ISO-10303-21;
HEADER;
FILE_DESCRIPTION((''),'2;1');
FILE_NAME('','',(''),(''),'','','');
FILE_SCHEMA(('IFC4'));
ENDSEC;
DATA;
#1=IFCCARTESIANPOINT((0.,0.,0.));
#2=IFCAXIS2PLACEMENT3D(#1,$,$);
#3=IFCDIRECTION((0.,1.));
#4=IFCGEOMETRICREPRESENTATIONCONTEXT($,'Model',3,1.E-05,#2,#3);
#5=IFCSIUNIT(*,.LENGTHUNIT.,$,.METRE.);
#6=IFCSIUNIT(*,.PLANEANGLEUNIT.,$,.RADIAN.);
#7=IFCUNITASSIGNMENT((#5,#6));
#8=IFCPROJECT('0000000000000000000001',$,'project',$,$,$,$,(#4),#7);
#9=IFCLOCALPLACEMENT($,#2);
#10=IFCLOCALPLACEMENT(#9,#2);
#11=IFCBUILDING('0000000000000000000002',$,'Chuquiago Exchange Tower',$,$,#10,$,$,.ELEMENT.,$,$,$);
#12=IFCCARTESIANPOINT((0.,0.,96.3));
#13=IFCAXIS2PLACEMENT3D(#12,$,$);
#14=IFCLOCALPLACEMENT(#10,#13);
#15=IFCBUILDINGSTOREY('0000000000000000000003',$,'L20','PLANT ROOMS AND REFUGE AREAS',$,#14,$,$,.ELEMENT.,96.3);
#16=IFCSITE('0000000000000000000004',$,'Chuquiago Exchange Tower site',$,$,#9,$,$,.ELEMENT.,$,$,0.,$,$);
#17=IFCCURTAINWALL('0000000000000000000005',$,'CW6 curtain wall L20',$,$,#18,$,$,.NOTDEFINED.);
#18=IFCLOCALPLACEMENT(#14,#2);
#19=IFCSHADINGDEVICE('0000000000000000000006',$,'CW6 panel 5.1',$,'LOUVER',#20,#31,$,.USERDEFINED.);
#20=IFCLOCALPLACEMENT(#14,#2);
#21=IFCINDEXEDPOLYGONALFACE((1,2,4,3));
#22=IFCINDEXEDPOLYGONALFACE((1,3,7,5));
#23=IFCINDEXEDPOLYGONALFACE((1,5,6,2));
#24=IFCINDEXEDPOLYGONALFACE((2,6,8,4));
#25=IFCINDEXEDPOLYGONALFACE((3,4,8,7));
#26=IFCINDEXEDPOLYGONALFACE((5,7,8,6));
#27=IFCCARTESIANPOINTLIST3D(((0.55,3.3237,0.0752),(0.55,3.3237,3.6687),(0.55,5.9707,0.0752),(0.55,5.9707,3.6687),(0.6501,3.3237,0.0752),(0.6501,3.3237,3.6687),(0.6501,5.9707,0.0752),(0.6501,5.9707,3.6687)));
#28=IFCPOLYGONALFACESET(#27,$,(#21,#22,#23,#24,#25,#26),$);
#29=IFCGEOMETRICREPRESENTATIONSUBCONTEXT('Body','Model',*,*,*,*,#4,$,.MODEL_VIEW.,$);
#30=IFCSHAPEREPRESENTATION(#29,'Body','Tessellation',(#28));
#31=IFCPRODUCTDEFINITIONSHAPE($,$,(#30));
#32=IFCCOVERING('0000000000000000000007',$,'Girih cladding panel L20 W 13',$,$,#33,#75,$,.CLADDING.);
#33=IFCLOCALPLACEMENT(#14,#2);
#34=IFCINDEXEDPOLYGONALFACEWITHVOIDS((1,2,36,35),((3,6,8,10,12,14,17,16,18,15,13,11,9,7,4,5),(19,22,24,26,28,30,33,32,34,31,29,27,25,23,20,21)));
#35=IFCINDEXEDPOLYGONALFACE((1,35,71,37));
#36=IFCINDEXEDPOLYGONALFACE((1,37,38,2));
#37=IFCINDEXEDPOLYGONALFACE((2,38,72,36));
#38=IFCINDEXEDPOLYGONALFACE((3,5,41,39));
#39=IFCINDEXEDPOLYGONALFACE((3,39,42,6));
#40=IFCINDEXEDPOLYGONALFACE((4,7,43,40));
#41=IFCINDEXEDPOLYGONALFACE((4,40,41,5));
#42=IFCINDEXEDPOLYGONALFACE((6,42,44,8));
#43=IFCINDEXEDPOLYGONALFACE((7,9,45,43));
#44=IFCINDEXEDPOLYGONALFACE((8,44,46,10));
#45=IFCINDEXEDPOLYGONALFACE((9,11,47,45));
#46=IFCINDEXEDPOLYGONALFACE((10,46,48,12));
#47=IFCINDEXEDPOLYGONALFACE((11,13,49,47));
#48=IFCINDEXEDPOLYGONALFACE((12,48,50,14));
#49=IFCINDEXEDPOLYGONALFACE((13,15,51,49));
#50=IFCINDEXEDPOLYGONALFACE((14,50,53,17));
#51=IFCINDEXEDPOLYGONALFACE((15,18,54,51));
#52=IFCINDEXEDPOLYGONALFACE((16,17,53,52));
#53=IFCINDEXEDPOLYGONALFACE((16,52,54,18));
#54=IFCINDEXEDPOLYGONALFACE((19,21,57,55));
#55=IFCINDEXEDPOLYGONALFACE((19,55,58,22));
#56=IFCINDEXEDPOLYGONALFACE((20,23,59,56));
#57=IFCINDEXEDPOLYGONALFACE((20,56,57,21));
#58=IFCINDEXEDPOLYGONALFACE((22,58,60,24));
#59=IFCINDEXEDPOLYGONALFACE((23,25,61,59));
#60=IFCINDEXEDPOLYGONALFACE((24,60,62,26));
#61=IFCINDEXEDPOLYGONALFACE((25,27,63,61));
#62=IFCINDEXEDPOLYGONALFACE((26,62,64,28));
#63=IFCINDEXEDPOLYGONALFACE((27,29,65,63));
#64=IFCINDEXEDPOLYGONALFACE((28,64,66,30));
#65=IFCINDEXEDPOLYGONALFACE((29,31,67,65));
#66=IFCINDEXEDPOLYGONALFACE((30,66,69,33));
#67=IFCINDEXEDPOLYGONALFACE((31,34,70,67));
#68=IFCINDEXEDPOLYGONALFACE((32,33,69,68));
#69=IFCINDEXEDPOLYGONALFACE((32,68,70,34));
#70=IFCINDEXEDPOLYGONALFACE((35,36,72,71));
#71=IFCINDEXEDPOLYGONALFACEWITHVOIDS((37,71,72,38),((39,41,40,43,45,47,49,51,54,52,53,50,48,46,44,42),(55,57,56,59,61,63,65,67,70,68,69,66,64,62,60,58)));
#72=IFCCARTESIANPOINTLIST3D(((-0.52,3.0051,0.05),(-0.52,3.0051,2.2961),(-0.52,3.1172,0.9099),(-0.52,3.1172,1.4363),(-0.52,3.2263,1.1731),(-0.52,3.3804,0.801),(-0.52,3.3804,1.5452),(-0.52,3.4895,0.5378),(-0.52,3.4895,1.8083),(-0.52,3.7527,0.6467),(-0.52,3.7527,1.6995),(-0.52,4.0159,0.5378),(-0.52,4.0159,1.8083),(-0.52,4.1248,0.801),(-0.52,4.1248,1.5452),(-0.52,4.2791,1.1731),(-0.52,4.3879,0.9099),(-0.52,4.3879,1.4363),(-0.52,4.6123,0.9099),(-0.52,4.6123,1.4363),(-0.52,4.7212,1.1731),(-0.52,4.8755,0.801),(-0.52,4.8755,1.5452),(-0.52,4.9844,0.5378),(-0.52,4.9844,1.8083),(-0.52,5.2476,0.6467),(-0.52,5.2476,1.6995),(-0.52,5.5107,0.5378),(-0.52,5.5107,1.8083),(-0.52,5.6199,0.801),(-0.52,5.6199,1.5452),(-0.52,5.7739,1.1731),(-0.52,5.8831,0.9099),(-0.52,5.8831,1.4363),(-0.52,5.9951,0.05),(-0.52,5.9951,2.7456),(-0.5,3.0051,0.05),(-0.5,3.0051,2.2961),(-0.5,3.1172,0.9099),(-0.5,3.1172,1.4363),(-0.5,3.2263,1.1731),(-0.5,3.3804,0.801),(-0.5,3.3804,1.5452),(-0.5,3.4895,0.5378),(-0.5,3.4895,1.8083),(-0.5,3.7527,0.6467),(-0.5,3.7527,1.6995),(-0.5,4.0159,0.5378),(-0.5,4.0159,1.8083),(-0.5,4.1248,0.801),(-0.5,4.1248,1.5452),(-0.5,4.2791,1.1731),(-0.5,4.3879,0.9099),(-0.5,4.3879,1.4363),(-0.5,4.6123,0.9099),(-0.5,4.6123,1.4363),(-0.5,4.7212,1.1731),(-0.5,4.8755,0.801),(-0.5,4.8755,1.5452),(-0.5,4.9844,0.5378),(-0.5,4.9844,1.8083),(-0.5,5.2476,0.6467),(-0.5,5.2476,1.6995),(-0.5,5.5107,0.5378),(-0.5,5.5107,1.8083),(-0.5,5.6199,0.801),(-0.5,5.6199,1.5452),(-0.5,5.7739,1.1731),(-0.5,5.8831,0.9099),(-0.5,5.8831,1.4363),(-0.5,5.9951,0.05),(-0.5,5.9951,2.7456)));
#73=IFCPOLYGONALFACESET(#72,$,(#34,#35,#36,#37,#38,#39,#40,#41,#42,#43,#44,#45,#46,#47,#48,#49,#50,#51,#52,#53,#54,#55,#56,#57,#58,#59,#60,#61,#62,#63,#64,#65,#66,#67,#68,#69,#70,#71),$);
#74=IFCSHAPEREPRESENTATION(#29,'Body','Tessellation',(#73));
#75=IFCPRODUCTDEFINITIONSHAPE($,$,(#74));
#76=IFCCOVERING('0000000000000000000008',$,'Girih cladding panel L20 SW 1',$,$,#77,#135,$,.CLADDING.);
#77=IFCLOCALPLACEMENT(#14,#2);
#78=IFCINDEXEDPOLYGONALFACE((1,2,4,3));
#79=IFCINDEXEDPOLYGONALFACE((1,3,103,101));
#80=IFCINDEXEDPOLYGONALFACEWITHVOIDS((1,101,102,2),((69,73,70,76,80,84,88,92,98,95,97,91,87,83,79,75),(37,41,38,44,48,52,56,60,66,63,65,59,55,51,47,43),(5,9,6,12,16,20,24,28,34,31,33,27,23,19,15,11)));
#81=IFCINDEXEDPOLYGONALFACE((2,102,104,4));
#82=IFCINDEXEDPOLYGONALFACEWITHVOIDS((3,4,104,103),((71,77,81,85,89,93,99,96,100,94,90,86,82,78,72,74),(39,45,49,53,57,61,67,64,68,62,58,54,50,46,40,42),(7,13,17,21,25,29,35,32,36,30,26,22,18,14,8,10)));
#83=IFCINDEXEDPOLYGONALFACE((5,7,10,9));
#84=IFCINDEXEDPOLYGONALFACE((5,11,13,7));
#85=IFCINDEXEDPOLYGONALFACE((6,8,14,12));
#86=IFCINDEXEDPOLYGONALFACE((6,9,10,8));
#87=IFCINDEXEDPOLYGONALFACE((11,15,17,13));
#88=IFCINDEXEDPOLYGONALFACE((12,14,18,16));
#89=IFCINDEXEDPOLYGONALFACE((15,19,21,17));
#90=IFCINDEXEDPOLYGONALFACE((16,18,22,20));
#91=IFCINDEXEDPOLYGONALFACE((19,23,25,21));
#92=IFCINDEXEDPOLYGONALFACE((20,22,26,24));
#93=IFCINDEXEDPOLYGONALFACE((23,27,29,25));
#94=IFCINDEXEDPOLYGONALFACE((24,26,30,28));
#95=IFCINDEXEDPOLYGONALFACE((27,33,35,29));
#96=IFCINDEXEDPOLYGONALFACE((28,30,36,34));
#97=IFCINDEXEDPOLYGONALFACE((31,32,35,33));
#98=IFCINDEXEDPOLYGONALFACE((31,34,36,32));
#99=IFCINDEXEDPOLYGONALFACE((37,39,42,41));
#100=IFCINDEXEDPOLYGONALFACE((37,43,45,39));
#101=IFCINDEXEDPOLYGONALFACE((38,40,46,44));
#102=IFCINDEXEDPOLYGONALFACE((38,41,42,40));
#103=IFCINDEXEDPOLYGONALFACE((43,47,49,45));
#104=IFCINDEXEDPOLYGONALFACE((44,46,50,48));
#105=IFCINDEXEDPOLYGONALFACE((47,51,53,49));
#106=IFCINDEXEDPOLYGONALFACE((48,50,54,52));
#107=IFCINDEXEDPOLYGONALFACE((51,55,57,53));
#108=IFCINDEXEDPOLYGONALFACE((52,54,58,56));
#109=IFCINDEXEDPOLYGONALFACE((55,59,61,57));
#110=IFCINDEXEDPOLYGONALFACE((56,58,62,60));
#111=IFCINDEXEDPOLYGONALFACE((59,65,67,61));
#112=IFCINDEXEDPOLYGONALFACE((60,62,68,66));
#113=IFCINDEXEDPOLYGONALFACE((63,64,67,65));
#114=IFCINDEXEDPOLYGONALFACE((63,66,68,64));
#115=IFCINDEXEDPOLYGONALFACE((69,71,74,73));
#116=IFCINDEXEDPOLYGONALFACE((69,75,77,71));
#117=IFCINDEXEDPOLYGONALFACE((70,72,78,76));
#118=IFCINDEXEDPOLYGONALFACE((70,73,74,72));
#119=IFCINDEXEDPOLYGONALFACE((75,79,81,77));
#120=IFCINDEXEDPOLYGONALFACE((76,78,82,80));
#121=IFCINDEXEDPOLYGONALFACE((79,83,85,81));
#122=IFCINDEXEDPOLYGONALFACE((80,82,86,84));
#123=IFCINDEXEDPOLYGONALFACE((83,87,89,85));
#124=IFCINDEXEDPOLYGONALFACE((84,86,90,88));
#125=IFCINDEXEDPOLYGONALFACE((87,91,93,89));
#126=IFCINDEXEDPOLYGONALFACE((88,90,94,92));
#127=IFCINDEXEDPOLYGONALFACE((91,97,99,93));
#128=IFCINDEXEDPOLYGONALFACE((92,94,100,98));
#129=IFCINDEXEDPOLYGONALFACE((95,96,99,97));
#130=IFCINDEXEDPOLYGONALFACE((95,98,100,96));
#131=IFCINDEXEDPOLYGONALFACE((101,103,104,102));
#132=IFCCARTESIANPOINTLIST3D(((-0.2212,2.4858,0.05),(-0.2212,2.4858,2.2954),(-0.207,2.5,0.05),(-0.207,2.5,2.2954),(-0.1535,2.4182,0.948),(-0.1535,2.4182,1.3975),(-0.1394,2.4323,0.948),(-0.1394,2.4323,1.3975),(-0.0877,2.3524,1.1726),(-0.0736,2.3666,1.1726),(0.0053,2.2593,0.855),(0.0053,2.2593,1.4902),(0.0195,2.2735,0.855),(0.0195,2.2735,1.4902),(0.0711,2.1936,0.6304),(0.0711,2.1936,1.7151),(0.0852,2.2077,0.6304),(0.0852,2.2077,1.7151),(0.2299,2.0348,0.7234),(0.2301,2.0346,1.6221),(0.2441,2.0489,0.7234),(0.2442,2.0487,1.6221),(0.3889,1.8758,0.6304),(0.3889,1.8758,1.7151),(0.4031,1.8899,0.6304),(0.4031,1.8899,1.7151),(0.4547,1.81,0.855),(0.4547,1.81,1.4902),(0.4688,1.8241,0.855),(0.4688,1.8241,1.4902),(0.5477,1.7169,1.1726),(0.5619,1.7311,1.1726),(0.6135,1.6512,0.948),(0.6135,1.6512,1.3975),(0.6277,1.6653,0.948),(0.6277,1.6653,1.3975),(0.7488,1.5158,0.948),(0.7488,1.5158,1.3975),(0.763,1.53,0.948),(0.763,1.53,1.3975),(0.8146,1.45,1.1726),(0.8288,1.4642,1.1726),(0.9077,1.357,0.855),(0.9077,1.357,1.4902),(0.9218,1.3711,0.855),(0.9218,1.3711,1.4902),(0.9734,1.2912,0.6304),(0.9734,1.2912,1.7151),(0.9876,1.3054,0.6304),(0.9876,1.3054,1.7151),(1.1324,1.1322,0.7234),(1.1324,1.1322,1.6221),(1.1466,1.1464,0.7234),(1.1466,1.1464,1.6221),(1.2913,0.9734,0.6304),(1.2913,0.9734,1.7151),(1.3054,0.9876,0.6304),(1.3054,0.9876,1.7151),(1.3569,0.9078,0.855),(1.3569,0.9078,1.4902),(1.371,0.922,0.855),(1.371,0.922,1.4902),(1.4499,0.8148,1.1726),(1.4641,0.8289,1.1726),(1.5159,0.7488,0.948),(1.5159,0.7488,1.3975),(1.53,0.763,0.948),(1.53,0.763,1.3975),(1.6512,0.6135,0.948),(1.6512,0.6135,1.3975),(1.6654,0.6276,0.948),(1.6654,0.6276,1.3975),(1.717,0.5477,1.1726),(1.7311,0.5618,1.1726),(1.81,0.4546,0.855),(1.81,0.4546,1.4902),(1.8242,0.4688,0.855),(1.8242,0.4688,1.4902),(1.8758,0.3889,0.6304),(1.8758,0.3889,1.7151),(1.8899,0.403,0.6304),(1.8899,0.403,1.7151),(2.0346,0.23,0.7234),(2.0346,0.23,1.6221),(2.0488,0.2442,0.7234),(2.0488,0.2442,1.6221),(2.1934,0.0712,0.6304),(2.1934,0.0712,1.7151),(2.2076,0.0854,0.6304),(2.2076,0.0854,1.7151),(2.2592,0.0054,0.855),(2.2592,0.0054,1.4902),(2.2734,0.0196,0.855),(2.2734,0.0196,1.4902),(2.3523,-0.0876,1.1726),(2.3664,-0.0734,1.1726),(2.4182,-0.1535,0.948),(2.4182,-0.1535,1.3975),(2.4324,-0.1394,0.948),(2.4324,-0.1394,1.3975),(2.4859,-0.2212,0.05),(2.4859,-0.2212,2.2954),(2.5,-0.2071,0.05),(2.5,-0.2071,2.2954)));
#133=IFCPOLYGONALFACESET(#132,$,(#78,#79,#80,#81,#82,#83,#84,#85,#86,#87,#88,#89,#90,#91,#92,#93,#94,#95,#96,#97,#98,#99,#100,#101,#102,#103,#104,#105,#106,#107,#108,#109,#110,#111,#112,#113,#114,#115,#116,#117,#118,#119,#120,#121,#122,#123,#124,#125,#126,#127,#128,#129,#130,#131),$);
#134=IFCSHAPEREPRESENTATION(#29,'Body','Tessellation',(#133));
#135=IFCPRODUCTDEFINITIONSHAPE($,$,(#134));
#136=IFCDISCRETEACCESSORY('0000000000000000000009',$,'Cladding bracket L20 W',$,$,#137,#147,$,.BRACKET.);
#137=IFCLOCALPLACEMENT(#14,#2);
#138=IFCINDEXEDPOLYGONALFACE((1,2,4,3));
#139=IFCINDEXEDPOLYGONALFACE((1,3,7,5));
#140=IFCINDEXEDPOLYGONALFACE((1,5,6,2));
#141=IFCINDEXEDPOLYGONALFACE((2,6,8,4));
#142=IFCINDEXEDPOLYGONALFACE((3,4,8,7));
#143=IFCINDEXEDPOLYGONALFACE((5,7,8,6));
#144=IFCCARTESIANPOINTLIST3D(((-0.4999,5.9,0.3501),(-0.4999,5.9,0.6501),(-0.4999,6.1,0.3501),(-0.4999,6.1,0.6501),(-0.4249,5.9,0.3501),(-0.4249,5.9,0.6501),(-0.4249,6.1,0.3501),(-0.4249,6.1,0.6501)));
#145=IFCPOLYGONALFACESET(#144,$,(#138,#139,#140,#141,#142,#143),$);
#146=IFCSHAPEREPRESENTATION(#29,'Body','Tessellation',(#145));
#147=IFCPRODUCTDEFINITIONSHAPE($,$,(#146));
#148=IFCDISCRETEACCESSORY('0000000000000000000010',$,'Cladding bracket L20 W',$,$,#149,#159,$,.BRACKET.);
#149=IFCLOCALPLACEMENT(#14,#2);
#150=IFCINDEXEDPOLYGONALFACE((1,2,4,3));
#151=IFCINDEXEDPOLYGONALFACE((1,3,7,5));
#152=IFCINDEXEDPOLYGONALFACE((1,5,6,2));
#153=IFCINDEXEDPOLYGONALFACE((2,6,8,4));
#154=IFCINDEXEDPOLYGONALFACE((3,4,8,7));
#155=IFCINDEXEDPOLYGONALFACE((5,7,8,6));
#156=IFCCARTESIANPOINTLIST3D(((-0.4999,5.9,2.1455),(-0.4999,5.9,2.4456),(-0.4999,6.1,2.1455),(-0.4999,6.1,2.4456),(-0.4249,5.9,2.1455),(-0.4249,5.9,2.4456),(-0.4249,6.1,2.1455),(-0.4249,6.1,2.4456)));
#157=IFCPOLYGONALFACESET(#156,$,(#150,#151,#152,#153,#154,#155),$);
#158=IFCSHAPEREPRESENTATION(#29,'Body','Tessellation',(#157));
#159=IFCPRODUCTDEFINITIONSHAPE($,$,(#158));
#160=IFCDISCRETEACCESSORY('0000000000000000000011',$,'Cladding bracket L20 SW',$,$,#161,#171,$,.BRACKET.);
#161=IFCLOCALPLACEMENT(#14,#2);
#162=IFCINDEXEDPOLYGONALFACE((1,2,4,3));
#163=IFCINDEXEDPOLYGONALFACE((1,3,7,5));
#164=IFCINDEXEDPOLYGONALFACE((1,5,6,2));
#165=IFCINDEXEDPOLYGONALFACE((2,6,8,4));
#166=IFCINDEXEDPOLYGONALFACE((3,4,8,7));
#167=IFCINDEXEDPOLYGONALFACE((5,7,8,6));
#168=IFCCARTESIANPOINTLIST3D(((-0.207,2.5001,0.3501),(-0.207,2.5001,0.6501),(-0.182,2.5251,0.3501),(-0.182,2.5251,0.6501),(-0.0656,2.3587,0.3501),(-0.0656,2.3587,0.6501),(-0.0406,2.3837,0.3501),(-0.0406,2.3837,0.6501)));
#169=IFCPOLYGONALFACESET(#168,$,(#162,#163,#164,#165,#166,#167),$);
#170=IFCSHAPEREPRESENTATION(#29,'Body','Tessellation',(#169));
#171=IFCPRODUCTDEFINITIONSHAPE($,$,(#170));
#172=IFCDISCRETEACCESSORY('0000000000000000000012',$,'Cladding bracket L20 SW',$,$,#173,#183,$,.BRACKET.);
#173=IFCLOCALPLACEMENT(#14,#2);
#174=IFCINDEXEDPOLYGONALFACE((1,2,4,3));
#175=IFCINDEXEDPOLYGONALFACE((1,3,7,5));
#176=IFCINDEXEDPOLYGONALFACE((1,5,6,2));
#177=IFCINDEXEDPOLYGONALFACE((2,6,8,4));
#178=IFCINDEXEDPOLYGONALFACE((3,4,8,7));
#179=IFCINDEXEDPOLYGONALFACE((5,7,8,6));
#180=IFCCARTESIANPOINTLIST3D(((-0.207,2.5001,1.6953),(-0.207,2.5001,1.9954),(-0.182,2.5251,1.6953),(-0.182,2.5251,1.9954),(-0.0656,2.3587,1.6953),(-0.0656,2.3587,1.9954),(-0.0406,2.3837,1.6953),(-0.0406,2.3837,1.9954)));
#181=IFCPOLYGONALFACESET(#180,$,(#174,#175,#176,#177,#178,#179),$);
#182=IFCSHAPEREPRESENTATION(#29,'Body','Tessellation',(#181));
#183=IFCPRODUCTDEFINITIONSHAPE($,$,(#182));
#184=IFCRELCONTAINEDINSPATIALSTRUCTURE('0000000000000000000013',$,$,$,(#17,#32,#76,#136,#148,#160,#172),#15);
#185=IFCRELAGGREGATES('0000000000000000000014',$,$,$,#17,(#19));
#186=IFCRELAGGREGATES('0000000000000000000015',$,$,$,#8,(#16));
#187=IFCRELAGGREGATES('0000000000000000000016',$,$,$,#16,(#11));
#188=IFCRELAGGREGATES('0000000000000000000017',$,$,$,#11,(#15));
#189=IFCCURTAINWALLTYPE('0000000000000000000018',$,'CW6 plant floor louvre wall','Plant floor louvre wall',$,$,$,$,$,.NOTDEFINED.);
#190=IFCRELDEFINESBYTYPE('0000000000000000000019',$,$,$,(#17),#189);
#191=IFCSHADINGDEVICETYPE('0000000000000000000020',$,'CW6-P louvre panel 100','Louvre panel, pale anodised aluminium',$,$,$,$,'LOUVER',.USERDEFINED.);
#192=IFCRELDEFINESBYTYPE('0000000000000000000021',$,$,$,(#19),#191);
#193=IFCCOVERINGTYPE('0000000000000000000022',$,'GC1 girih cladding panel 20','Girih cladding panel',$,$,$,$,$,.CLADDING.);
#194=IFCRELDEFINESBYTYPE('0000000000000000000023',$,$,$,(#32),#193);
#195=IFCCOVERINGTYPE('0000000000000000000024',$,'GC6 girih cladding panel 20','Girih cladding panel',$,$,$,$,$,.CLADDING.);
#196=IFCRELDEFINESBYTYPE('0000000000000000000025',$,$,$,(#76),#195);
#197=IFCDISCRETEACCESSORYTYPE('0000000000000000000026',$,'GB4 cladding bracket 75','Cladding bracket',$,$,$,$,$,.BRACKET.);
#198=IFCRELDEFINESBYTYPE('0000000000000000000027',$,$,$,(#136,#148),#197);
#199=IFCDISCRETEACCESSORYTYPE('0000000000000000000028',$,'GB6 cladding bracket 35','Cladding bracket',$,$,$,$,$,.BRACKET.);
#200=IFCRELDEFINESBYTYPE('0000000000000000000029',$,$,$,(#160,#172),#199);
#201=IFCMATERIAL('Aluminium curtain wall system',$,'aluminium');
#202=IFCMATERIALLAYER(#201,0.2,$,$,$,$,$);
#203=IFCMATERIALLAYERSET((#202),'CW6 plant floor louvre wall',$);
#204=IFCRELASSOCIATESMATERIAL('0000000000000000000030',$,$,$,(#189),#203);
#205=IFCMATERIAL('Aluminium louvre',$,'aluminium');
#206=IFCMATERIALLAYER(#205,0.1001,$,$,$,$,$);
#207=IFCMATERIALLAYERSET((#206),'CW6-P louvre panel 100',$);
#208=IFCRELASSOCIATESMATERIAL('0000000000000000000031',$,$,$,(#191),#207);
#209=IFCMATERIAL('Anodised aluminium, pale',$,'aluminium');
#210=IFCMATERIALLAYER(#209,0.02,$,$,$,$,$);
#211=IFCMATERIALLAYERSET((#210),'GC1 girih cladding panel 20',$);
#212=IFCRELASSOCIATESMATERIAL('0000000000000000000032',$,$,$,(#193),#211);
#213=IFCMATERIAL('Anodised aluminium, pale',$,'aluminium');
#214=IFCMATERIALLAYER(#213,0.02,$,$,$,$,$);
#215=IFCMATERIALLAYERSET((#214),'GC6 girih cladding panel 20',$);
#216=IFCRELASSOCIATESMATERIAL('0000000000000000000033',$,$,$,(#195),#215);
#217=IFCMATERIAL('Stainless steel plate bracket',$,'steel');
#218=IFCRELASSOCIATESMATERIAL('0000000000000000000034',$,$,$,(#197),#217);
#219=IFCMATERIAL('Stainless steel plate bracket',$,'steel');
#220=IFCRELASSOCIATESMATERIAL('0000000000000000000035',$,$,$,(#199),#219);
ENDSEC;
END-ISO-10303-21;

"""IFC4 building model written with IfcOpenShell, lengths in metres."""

from ifc_helpers import new_model, si_unit, direction, frame, origin, origin_2d, place, context, subcontext, project, spatial, polyline, rectangle, outline, extrude, material, layer, layer_set, type_object, element, aggregate, save


model = new_model("IFC4")

# Units and contexts
model_context = context("Model", 3, precision=1e-05, world=origin(), true_north=direction((0.0, 1.0)))
body_context = subcontext(model_context, "Body", "Model", "MODEL_VIEW")
ifc_project = project(units=[si_unit("LENGTHUNIT", "METRE"), si_unit("PLANEANGLEUNIT", "RADIAN")], contexts=[model_context])

# Site, building, storey
site_placement = place(None, origin())
site = spatial("IfcSite", under=ifc_project, at=site_placement, Name="Chuquiago Exchange Tower site", CompositionType="ELEMENT", RefElevation=0.0)
building_placement = place(site_placement, origin())
building = spatial("IfcBuilding", under=site, at=building_placement, Name="Chuquiago Exchange Tower", CompositionType="ELEMENT")
storey_placement = place(building_placement, frame((0.0, 0.0, 96.3)))
storey = spatial("IfcBuildingStorey", under=building, at=storey_placement, Name="L20", Description="PLANT ROOMS AND REFUGE AREAS", CompositionType="ELEMENT", Elevation=96.3)

# Curtain wall
ifc_material_1 = material(Name="Aluminium curtain wall system", Category="aluminium")
ifc_layer_1 = layer(ifc_material_1, 0.2)
ifc_layer_set_1 = layer_set([ifc_layer_1], Name="CW6 plant floor louvre wall")
curtain_wall_type = type_object("IfcCurtainWallType", Name="CW6 plant floor louvre wall", Description="Plant floor louvre wall", PredefinedType="NOTDEFINED", material=ifc_layer_set_1)
curtain_wall_1_placement = place(storey_placement, origin())
curtain_wall_1 = element("IfcCurtainWall", 1, at=curtain_wall_1_placement, inside=storey, type_object=curtain_wall_type, Name="CW6 curtain wall L20", PredefinedType="NOTDEFINED")

# Shading device
ifc_material_2 = material(Name="Aluminium louvre", Category="aluminium")
ifc_layer_2 = layer(ifc_material_2, 0.1001)
ifc_layer_set_2 = layer_set([ifc_layer_2], Name="CW6-P louvre panel 100")
shading_device_type = type_object("IfcShadingDeviceType", Name="CW6-P louvre panel 100", Description="Louvre panel, pale anodised aluminium", ElementType="LOUVER", PredefinedType="USERDEFINED", material=ifc_layer_set_2)
shading_device_placement = place(storey_placement, frame((0.6001, 4.6472, 0.0752), z_axis=(0.0, 0.0, 1.0), x_axis=(0.0, -1.0, 0.0)))
shading_device = element("IfcShadingDevice", 2, at=shading_device_placement, type_object=shading_device_type, Name="CW6 panel 5.1", ObjectType="LOUVER", PredefinedType="USERDEFINED", context=body_context, shape_type="SweptSolid", body=[
    extrude(rectangle(XDim=2.647, YDim=0.1001, at=origin_2d()), origin(), (0.0, 0.0, 1.0), 3.5935),
])
aggregate(curtain_wall_1, [shading_device])

# Coverings
ifc_material_3 = material(Name="Anodised aluminium, pale", Category="aluminium")
ifc_layer_3 = layer(ifc_material_3, 0.02)
ifc_layer_set_3 = layer_set([ifc_layer_3], Name="GC1 girih cladding panel 20")
covering_type_1 = type_object("IfcCoveringType", Name="GC1 girih cladding panel 20", Description="Girih cladding panel", PredefinedType="CLADDING", material=ifc_layer_set_3)
covering_1_placement = place(storey_placement, frame((-0.5, 5.9951, 0.05), z_axis=(0.0, 0.0, 1.0), x_axis=(0.0, -1.0, 0.0)))
element("IfcCovering", 3, at=covering_1_placement, inside=storey, type_object=covering_type_1, Name="Girih cladding panel L20 W 13", PredefinedType="CLADDING", context=body_context, shape_type="SweptSolid", body=[
    extrude(outline(polyline([(0.0, 0.0), (2.99, 0.0), (2.99, 2.2461), (0.0, 2.6956), (0.0, 0.0)]), holes=[polyline([(1.2739, 1.123), (1.3828, 1.3862), (1.1196, 1.4951), (1.0107, 1.7583), (0.7476, 1.6494), (0.4844, 1.7583), (0.3752, 1.4951), (0.1121, 1.3862), (0.2212, 1.123), (0.1121, 0.8599), (0.3752, 0.751), (0.4844, 0.4878), (0.7476, 0.5967), (1.0107, 0.4878), (1.1196, 0.751), (1.3828, 0.8599), (1.2739, 1.123)]), polyline([(2.7688, 1.123), (2.8779, 1.3862), (2.6147, 1.4951), (2.5056, 1.7583), (2.2424, 1.6494), (1.9792, 1.7583), (1.8704, 1.4951), (1.6072, 1.3862), (1.7161, 1.123), (1.6072, 0.8599), (1.8704, 0.751), (1.9792, 0.4878), (2.2424, 0.5967), (2.5056, 0.4878), (2.6147, 0.751), (2.8779, 0.8599), (2.7688, 1.123)])]), frame((0.0, 0.0, 0.0), z_axis=(0.0, -1.0, 0.0), x_axis=(1.0, 0.0, 0.0)), (0.0, 0.0, 1.0), 0.02),
])
ifc_material_4 = material(Name="Anodised aluminium, pale", Category="aluminium")
ifc_layer_4 = layer(ifc_material_4, 0.02)
ifc_layer_set_4 = layer_set([ifc_layer_4], Name="GC6 girih cladding panel 20")
covering_type_2 = type_object("IfcCoveringType", Name="GC6 girih cladding panel 20", Description="Girih cladding panel", PredefinedType="CLADDING", material=ifc_layer_set_4)
covering_2_placement = place(storey_placement, frame((-0.207, 2.5, 0.05), z_axis=(0.0, 0.0, 1.0), x_axis=(0.707107, -0.707107, 0.0)))
element("IfcCovering", 4, at=covering_2_placement, inside=storey, type_object=covering_type_2, Name="Girih cladding panel L20 SW 1", PredefinedType="CLADDING", context=body_context, shape_type="SweptSolid", body=[
    extrude(outline(polyline([(0.0, 0.0), (3.8284, 0.0), (3.8284, 2.2454), (0.0, 2.2454), (0.0, 0.0)]), holes=[polyline([(1.0874, 1.1226), (1.1804, 1.3474), (0.9558, 1.4402), (0.8628, 1.665), (0.6382, 1.572), (0.4133, 1.665), (0.3203, 1.4402), (0.0957, 1.3474), (0.1887, 1.1226), (0.0957, 0.8979), (0.3203, 0.8049), (0.4133, 0.5803), (0.6379, 0.6733), (0.8628, 0.5803), (0.9558, 0.8049), (1.1804, 0.8979), (1.0874, 1.1226)]), polyline([(2.3633, 1.1226), (2.4565, 1.3474), (2.2317, 1.4402), (2.1389, 1.665), (1.9143, 1.572), (1.6895, 1.665), (1.5964, 1.4402), (1.3718, 1.3474), (1.4648, 1.1226), (1.3718, 0.8979), (1.5964, 0.8049), (1.6895, 0.5803), (1.9143, 0.6733), (2.1389, 0.5803), (2.2317, 0.8049), (2.4565, 0.8979), (2.3633, 1.1226)]), polyline([(3.6394, 1.1226), (3.7327, 1.3474), (3.5078, 1.4402), (3.4148, 1.665), (3.1902, 1.572), (2.9656, 1.665), (2.8726, 1.4402), (2.6479, 1.3474), (2.741, 1.1226), (2.6479, 0.8979), (2.8726, 0.8049), (2.9656, 0.5803), (3.1902, 0.6733), (3.4148, 0.5803), (3.5078, 0.8049), (3.7327, 0.8979), (3.6394, 1.1226)])]), frame((0.0, 0.0, 0.0), z_axis=(0.0, -1.0, 0.0), x_axis=(1.0, 0.0, 0.0)), (0.0, 0.0, 1.0), 0.02),
])

# Discrete accessories
ifc_material_5 = material(Name="Stainless steel plate bracket", Category="steel")
discrete_accessory_type_1 = type_object("IfcDiscreteAccessoryType", Name="GB4 cladding bracket 75", Description="Cladding bracket", PredefinedType="BRACKET", material=ifc_material_5)
for number, where, z_axis, x_axis, name in (
    (5, (-0.4624, 6.0, 0.3501), (0.0, 0.0, 1.0), (0.0, -1.0, 0.0), "Cladding bracket L20 W"),
    (6, (-0.4624, 6.0, 2.1455), (0.0, 0.0, 1.0), (0.0, -1.0, 0.0), "Cladding bracket L20 W"),
):
    element("IfcDiscreteAccessory", number, at=place(storey_placement, frame(where, z_axis=z_axis, x_axis=x_axis)), inside=storey, type_object=discrete_accessory_type_1, Name=name, PredefinedType="BRACKET", context=body_context, shape_type="SweptSolid", body=[
        extrude(rectangle(XDim=0.2, YDim=0.075, at=origin_2d()), origin(), (0.0, 0.0, 1.0), 0.3),
    ])
ifc_material_6 = material(Name="Stainless steel plate bracket", Category="steel")
discrete_accessory_type_2 = type_object("IfcDiscreteAccessoryType", Name="GB6 cladding bracket 35", Description="Cladding bracket", PredefinedType="BRACKET", material=ifc_material_6)
for number, where, z_axis, x_axis, name in (
    (7, (-0.1238, 2.4419, 0.3501), (0.0, 0.0, 1.0), (0.707107, -0.707107, 0.0), "Cladding bracket L20 SW"),
    (8, (-0.1238, 2.4419, 1.6953), (0.0, 0.0, 1.0), (0.707107, -0.707107, 0.0), "Cladding bracket L20 SW"),
):
    element("IfcDiscreteAccessory", number, at=place(storey_placement, frame(where, z_axis=z_axis, x_axis=x_axis)), inside=storey, type_object=discrete_accessory_type_2, Name=name, PredefinedType="BRACKET", context=body_context, shape_type="SweptSolid", body=[
        extrude(rectangle(XDim=0.2, YDim=0.0354, at=origin_2d()), origin(), (0.0, 0.0, 1.0), 0.3),
    ])

save(model, "model.ifc")
